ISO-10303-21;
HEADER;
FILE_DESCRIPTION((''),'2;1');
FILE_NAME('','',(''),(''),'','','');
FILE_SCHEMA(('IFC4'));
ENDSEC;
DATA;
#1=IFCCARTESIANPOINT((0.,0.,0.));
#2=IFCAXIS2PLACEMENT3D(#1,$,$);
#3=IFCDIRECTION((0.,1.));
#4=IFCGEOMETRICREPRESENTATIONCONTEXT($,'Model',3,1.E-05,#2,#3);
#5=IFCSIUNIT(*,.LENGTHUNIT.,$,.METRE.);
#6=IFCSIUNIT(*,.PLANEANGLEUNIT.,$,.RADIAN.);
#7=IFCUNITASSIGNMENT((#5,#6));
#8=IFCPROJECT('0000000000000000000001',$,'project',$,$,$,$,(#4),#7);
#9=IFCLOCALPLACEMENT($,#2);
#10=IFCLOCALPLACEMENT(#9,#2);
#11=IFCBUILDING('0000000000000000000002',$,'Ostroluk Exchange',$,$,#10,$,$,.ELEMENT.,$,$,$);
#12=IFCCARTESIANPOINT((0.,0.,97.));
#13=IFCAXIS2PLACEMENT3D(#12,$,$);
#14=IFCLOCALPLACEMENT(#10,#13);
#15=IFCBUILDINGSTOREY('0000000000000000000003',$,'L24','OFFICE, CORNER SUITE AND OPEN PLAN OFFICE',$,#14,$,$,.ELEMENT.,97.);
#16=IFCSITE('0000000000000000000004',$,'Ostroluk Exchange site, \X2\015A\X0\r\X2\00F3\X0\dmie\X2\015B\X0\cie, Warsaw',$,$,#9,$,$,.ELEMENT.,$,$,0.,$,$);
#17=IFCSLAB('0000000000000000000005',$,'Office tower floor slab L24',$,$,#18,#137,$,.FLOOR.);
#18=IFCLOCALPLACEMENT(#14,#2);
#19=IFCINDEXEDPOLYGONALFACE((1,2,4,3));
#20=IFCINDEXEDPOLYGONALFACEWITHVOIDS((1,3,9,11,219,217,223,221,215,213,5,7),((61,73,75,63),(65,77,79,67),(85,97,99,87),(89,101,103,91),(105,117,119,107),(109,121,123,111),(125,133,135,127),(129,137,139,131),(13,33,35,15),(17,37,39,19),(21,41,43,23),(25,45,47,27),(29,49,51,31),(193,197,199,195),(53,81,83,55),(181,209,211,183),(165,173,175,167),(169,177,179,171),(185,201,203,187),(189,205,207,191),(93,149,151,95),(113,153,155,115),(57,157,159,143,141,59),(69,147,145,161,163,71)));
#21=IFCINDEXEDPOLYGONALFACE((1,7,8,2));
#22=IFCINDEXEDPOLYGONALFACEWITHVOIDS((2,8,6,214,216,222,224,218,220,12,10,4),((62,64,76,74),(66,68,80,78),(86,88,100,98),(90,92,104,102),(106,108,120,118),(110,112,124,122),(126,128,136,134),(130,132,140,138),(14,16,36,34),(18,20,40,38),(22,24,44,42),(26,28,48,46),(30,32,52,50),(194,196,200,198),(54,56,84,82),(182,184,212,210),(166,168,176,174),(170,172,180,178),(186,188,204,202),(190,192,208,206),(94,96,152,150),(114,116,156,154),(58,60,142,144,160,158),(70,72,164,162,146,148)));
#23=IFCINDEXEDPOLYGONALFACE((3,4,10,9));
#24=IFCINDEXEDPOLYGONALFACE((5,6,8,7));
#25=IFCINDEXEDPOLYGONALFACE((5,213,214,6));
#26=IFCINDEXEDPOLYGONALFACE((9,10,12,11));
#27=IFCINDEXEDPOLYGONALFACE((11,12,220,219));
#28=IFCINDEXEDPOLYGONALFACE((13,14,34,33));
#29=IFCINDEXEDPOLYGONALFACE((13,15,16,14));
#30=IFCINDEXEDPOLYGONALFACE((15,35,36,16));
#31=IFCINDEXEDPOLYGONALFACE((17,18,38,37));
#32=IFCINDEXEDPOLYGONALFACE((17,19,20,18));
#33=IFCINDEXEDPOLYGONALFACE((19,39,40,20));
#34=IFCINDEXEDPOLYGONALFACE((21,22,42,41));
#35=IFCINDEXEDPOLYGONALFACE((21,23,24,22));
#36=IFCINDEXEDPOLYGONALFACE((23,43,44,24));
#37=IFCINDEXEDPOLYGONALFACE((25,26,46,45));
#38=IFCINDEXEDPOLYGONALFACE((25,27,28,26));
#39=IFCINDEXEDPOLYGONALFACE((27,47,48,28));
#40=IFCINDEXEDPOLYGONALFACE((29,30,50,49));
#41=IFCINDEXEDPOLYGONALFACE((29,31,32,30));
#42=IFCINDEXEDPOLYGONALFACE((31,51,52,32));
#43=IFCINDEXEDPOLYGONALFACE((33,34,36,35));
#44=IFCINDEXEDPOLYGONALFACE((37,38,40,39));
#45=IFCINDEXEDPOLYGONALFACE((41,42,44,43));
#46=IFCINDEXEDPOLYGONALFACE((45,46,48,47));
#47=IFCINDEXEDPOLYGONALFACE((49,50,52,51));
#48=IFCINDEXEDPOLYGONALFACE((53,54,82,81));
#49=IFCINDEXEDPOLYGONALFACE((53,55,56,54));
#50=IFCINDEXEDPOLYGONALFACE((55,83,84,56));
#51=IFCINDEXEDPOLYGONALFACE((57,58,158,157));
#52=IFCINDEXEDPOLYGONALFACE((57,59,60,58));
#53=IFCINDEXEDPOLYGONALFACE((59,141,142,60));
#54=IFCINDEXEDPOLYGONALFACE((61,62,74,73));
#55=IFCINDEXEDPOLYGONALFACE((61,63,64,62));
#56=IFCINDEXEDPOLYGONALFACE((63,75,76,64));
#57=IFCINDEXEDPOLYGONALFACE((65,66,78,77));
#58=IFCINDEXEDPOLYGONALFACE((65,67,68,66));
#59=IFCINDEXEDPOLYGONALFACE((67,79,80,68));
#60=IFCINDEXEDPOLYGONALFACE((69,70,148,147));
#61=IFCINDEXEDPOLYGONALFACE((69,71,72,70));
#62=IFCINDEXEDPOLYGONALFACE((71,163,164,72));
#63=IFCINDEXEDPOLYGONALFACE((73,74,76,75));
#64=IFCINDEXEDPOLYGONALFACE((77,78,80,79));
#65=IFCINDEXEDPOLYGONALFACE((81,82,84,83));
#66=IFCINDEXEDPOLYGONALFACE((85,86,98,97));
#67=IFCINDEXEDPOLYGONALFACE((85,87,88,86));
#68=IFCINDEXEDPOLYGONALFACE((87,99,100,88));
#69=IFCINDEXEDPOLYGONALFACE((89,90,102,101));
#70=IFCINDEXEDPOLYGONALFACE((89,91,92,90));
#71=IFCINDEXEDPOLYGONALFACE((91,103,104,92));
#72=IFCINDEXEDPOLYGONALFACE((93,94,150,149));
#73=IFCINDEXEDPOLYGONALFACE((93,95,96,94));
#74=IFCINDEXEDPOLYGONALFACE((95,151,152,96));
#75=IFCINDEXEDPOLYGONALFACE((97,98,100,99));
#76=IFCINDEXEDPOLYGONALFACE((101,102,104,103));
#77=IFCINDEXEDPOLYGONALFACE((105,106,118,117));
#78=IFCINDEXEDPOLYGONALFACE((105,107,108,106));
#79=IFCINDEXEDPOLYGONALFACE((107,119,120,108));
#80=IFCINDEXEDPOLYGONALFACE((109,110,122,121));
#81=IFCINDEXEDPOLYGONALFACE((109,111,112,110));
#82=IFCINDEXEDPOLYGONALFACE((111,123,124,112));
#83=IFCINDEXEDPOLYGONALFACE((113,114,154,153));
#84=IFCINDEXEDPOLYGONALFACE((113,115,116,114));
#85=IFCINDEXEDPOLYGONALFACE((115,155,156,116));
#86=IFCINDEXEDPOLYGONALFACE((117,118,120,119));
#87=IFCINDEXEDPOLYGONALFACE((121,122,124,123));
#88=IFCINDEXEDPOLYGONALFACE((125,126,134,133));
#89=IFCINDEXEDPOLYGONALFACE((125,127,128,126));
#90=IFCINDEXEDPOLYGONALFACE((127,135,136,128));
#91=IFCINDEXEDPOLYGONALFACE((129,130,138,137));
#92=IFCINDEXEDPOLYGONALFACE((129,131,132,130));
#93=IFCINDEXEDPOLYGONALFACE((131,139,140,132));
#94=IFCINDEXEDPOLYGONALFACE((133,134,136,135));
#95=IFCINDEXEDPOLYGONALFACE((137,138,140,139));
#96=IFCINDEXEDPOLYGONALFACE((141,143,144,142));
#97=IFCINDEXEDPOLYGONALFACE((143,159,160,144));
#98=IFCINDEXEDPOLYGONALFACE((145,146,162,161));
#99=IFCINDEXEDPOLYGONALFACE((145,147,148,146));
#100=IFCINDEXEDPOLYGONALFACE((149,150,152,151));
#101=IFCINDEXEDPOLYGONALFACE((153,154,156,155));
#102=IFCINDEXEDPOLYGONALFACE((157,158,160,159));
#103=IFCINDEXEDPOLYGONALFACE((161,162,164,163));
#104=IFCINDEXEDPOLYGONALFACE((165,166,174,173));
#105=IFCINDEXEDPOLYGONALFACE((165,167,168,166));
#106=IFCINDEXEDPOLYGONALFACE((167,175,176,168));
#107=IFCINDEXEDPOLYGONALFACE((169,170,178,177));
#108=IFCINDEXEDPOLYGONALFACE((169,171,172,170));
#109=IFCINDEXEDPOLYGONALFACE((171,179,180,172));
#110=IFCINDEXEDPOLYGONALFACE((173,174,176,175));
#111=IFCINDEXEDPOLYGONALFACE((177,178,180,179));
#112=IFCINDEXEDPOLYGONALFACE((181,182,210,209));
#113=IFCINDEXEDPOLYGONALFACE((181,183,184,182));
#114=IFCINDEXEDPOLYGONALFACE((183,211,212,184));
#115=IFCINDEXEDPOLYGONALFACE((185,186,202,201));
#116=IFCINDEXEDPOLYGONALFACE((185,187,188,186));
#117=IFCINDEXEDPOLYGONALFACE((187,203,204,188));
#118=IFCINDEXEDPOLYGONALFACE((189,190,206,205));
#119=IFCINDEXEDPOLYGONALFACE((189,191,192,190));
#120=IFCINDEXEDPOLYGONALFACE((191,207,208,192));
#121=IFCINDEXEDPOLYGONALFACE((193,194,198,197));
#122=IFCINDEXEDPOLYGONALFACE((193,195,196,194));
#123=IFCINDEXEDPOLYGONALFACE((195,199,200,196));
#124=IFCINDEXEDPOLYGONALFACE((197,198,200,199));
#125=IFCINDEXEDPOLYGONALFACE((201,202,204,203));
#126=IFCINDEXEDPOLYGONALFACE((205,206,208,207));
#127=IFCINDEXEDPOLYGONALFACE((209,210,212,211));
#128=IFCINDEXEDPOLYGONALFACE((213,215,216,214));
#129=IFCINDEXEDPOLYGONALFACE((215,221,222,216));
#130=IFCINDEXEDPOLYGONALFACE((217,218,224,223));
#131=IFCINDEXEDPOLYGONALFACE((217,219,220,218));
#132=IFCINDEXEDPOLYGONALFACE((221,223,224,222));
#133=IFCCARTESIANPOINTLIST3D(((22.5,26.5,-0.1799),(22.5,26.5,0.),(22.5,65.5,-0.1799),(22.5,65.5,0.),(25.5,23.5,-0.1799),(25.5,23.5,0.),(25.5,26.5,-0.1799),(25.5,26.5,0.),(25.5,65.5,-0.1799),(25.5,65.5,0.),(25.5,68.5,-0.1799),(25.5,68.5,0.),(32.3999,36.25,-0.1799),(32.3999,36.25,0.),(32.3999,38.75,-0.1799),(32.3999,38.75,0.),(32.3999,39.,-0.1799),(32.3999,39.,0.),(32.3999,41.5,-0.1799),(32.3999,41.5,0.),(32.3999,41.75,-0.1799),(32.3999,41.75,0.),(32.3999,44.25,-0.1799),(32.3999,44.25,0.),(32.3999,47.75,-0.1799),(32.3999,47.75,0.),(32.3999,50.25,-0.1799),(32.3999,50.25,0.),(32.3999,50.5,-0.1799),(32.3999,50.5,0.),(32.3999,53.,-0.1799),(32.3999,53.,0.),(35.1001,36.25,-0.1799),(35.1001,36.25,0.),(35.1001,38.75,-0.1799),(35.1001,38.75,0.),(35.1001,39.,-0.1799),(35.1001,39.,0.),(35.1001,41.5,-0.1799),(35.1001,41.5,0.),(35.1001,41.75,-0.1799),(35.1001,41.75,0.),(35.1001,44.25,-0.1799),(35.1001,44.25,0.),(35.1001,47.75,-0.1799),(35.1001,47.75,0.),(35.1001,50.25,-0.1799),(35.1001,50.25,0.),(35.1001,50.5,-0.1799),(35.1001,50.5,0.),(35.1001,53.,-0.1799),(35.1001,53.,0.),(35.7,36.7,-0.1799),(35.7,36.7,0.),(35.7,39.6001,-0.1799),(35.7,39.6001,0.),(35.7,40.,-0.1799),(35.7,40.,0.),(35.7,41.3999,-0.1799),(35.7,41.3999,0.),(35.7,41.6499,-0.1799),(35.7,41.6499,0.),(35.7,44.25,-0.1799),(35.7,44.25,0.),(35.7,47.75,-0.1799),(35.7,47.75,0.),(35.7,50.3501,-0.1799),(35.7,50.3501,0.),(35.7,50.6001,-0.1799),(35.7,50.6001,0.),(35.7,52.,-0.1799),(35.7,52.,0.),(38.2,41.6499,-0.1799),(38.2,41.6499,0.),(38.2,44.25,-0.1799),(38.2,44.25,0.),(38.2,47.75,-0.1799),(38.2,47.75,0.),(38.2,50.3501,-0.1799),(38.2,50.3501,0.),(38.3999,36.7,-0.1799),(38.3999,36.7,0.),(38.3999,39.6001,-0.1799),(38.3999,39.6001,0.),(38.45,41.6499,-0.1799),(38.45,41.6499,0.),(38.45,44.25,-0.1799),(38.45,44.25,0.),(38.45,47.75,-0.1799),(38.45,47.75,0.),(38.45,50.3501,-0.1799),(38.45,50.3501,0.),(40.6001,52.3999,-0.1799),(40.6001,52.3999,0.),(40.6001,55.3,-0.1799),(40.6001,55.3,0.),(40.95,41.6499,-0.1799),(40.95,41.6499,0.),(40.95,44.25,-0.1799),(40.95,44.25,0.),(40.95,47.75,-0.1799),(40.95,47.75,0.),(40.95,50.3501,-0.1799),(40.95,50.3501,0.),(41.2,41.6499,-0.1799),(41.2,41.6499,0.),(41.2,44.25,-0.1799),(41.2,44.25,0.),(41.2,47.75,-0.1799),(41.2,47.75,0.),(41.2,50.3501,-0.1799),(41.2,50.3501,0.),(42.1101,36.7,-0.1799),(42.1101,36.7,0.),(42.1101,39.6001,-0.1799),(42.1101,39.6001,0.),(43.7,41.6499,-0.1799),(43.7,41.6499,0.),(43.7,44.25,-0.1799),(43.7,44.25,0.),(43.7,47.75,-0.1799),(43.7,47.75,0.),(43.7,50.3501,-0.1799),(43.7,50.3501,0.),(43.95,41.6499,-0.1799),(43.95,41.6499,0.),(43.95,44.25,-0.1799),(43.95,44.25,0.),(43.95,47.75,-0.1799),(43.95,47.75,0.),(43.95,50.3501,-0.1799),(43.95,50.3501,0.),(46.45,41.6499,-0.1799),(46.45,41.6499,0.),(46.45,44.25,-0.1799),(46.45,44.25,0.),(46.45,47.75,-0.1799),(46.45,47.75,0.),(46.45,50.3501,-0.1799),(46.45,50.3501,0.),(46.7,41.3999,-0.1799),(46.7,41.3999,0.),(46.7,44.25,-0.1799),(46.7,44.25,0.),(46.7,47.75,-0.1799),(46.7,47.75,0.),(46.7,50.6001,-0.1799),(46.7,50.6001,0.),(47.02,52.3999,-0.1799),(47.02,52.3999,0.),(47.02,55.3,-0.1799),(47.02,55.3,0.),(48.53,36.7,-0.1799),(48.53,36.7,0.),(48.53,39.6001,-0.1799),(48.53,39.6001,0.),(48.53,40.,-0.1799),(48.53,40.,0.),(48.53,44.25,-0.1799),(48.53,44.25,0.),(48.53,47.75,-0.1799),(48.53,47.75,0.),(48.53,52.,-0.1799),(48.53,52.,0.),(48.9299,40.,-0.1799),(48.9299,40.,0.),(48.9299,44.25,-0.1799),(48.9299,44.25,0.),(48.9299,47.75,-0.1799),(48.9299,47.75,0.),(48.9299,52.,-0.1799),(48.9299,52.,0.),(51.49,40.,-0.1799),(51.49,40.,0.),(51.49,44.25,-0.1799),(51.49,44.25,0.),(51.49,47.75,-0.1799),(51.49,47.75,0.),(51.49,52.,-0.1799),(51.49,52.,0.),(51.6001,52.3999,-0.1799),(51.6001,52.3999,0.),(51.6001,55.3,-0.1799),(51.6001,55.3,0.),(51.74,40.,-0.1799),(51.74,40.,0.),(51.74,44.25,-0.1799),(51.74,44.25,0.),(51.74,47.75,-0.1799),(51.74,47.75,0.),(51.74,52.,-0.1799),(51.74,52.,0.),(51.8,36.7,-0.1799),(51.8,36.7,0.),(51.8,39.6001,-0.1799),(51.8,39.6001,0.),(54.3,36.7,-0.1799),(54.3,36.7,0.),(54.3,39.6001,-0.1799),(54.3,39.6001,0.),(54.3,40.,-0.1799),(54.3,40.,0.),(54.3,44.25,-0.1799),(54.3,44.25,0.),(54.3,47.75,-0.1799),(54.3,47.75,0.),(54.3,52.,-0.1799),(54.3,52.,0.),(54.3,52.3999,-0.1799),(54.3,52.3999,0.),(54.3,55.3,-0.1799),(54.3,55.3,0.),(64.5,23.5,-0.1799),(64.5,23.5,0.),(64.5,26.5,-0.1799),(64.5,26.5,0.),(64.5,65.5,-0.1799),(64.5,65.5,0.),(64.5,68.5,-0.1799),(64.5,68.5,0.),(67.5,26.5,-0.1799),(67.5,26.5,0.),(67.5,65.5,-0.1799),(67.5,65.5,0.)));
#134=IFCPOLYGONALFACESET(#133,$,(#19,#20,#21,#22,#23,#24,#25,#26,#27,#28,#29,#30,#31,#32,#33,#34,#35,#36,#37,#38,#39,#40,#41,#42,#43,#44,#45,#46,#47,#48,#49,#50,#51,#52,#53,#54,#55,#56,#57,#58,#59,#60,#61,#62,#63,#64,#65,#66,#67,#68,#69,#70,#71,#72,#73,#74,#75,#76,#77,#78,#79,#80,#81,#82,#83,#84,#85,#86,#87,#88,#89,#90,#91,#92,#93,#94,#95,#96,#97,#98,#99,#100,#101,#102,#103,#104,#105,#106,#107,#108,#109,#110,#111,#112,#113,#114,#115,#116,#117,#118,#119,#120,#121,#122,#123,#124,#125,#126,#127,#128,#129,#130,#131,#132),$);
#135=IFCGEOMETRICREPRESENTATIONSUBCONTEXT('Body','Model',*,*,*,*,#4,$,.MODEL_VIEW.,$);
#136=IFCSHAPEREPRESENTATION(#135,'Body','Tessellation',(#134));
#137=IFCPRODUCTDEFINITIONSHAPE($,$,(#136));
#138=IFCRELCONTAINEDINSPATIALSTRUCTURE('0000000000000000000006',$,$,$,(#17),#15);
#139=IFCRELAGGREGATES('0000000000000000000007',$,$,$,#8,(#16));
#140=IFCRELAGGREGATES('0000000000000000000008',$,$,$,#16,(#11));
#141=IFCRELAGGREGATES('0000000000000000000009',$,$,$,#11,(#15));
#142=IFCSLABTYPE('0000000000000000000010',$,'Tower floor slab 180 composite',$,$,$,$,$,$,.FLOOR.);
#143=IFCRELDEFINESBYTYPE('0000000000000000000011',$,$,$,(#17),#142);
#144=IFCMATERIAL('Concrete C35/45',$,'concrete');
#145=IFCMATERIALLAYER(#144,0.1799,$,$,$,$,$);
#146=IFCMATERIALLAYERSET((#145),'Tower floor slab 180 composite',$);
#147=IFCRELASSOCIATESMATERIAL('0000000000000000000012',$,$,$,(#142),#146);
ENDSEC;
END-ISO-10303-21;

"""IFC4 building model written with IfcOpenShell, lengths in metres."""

from ifc_helpers import new_model, si_unit, direction, frame, origin, place, context, subcontext, project, spatial, polyline, outline, extrude, material, layer, layer_set, type_object, element, save


model = new_model("IFC4")

# Units and contexts
model_context = context("Model", 3, precision=1e-05, world=origin(), true_north=direction((0.0, 1.0)))
body_context = subcontext(model_context, "Body", "Model", "MODEL_VIEW")
ifc_project = project(units=[si_unit("LENGTHUNIT", "METRE"), si_unit("PLANEANGLEUNIT", "RADIAN")], contexts=[model_context])

# Site, building, storey
site_placement = place(None, origin())
site = spatial("IfcSite", under=ifc_project, at=site_placement, Name="Ostroluk Exchange site, Śródmieście, Warsaw", CompositionType="ELEMENT", RefElevation=0.0)
building_placement = place(site_placement, origin())
building = spatial("IfcBuilding", under=site, at=building_placement, Name="Ostroluk Exchange", CompositionType="ELEMENT")
storey_placement = place(building_placement, frame((0.0, 0.0, 97.0)))
storey = spatial("IfcBuildingStorey", under=building, at=storey_placement, Name="L24", Description="OFFICE, CORNER SUITE AND OPEN PLAN OFFICE", CompositionType="ELEMENT", Elevation=97.0)

# Slab
ifc_material_1 = material(Name="Concrete C35/45", Category="concrete")
ifc_layer_1 = layer(ifc_material_1, 0.1799)
ifc_layer_set_1 = layer_set([ifc_layer_1], Name="Tower floor slab 180 composite")
slab_type_1 = type_object("IfcSlabType", Name="Tower floor slab 180 composite", PredefinedType="FLOOR", material=ifc_layer_set_1)
slab_1_placement = place(storey_placement, frame((0.0, 0.0, -0.1799)))
element("IfcSlab", 1, at=slab_1_placement, inside=storey, type_object=slab_type_1, Name="Office tower floor slab L24", PredefinedType="FLOOR", context=body_context, shape_type="SweptSolid", body=[
    extrude(outline(polyline([(25.5, 23.5), (64.5, 23.5), (64.5, 26.5), (67.5, 26.5), (67.5, 65.5), (64.5, 65.5), (64.5, 68.5), (25.5, 68.5), (25.5, 65.5), (22.5, 65.5), (22.5, 26.5), (25.5, 26.5), (25.5, 23.5)]), holes=[polyline([(35.7, 36.7), (38.3999, 36.7), (38.3999, 39.6001), (35.7, 39.6001), (35.7, 36.7)]), polyline([(42.1101, 36.7), (48.53, 36.7), (48.53, 39.6001), (42.1101, 39.6001), (42.1101, 36.7)]), polyline([(51.8, 36.7), (54.3, 36.7), (54.3, 39.6001), (51.8, 39.6001), (51.8, 36.7)]), polyline([(40.6001, 52.3999), (47.02, 52.3999), (47.02, 55.3), (40.6001, 55.3), (40.6001, 52.3999)]), polyline([(51.6001, 52.3999), (54.3, 52.3999), (54.3, 55.3), (51.6001, 55.3), (51.6001, 52.3999)]), polyline([(35.7, 47.75), (38.2, 47.75), (38.2, 50.3501), (35.7, 50.3501), (35.7, 47.75)]), polyline([(38.45, 47.75), (40.95, 47.75), (40.95, 50.3501), (38.45, 50.3501), (38.45, 47.75)]), polyline([(41.2, 47.75), (43.7, 47.75), (43.7, 50.3501), (41.2, 50.3501), (41.2, 47.75)]), polyline([(43.95, 47.75), (46.45, 47.75), (46.45, 50.3501), (43.95, 50.3501), (43.95, 47.75)]), polyline([(35.7, 41.6499), (38.2, 41.6499), (38.2, 44.25), (35.7, 44.25), (35.7, 41.6499)]), polyline([(38.45, 41.6499), (40.95, 41.6499), (40.95, 44.25), (38.45, 44.25), (38.45, 41.6499)]), polyline([(41.2, 41.6499), (43.7, 41.6499), (43.7, 44.25), (41.2, 44.25), (41.2, 41.6499)]), polyline([(43.95, 41.6499), (46.45, 41.6499), (46.45, 44.25), (43.95, 44.25), (43.95, 41.6499)]), polyline([(48.9299, 47.75), (51.49, 47.75), (51.49, 52.0), (48.9299, 52.0), (48.9299, 47.75)]), polyline([(51.74, 47.75), (54.3, 47.75), (54.3, 52.0), (51.74, 52.0), (51.74, 47.75)]), polyline([(48.9299, 40.0), (51.49, 40.0), (51.49, 44.25), (48.9299, 44.25), (48.9299, 40.0)]), polyline([(51.74, 40.0), (54.3, 40.0), (54.3, 44.25), (51.74, 44.25), (51.74, 40.0)]), polyline([(48.53, 52.0), (48.53, 47.75), (46.7, 47.75), (46.7, 50.6001), (35.7, 50.6001), (35.7, 52.0), (48.53, 52.0)]), polyline([(35.7, 40.0), (35.7, 41.3999), (46.7, 41.3999), (46.7, 44.25), (48.53, 44.25), (48.53, 40.0), (35.7, 40.0)]), polyline([(32.3999, 36.25), (35.1001, 36.25), (35.1001, 38.75), (32.3999, 38.75), (32.3999, 36.25)]), polyline([(32.3999, 39.0), (35.1001, 39.0), (35.1001, 41.5), (32.3999, 41.5), (32.3999, 39.0)]), polyline([(32.3999, 41.75), (35.1001, 41.75), (35.1001, 44.25), (32.3999, 44.25), (32.3999, 41.75)]), polyline([(32.3999, 47.75), (35.1001, 47.75), (35.1001, 50.25), (32.3999, 50.25), (32.3999, 47.75)]), polyline([(32.3999, 50.5), (35.1001, 50.5), (35.1001, 53.0), (32.3999, 53.0), (32.3999, 50.5)])]), origin(), (0.0, 0.0, 1.0), 0.1799),
])

save(model, "model.ifc")
